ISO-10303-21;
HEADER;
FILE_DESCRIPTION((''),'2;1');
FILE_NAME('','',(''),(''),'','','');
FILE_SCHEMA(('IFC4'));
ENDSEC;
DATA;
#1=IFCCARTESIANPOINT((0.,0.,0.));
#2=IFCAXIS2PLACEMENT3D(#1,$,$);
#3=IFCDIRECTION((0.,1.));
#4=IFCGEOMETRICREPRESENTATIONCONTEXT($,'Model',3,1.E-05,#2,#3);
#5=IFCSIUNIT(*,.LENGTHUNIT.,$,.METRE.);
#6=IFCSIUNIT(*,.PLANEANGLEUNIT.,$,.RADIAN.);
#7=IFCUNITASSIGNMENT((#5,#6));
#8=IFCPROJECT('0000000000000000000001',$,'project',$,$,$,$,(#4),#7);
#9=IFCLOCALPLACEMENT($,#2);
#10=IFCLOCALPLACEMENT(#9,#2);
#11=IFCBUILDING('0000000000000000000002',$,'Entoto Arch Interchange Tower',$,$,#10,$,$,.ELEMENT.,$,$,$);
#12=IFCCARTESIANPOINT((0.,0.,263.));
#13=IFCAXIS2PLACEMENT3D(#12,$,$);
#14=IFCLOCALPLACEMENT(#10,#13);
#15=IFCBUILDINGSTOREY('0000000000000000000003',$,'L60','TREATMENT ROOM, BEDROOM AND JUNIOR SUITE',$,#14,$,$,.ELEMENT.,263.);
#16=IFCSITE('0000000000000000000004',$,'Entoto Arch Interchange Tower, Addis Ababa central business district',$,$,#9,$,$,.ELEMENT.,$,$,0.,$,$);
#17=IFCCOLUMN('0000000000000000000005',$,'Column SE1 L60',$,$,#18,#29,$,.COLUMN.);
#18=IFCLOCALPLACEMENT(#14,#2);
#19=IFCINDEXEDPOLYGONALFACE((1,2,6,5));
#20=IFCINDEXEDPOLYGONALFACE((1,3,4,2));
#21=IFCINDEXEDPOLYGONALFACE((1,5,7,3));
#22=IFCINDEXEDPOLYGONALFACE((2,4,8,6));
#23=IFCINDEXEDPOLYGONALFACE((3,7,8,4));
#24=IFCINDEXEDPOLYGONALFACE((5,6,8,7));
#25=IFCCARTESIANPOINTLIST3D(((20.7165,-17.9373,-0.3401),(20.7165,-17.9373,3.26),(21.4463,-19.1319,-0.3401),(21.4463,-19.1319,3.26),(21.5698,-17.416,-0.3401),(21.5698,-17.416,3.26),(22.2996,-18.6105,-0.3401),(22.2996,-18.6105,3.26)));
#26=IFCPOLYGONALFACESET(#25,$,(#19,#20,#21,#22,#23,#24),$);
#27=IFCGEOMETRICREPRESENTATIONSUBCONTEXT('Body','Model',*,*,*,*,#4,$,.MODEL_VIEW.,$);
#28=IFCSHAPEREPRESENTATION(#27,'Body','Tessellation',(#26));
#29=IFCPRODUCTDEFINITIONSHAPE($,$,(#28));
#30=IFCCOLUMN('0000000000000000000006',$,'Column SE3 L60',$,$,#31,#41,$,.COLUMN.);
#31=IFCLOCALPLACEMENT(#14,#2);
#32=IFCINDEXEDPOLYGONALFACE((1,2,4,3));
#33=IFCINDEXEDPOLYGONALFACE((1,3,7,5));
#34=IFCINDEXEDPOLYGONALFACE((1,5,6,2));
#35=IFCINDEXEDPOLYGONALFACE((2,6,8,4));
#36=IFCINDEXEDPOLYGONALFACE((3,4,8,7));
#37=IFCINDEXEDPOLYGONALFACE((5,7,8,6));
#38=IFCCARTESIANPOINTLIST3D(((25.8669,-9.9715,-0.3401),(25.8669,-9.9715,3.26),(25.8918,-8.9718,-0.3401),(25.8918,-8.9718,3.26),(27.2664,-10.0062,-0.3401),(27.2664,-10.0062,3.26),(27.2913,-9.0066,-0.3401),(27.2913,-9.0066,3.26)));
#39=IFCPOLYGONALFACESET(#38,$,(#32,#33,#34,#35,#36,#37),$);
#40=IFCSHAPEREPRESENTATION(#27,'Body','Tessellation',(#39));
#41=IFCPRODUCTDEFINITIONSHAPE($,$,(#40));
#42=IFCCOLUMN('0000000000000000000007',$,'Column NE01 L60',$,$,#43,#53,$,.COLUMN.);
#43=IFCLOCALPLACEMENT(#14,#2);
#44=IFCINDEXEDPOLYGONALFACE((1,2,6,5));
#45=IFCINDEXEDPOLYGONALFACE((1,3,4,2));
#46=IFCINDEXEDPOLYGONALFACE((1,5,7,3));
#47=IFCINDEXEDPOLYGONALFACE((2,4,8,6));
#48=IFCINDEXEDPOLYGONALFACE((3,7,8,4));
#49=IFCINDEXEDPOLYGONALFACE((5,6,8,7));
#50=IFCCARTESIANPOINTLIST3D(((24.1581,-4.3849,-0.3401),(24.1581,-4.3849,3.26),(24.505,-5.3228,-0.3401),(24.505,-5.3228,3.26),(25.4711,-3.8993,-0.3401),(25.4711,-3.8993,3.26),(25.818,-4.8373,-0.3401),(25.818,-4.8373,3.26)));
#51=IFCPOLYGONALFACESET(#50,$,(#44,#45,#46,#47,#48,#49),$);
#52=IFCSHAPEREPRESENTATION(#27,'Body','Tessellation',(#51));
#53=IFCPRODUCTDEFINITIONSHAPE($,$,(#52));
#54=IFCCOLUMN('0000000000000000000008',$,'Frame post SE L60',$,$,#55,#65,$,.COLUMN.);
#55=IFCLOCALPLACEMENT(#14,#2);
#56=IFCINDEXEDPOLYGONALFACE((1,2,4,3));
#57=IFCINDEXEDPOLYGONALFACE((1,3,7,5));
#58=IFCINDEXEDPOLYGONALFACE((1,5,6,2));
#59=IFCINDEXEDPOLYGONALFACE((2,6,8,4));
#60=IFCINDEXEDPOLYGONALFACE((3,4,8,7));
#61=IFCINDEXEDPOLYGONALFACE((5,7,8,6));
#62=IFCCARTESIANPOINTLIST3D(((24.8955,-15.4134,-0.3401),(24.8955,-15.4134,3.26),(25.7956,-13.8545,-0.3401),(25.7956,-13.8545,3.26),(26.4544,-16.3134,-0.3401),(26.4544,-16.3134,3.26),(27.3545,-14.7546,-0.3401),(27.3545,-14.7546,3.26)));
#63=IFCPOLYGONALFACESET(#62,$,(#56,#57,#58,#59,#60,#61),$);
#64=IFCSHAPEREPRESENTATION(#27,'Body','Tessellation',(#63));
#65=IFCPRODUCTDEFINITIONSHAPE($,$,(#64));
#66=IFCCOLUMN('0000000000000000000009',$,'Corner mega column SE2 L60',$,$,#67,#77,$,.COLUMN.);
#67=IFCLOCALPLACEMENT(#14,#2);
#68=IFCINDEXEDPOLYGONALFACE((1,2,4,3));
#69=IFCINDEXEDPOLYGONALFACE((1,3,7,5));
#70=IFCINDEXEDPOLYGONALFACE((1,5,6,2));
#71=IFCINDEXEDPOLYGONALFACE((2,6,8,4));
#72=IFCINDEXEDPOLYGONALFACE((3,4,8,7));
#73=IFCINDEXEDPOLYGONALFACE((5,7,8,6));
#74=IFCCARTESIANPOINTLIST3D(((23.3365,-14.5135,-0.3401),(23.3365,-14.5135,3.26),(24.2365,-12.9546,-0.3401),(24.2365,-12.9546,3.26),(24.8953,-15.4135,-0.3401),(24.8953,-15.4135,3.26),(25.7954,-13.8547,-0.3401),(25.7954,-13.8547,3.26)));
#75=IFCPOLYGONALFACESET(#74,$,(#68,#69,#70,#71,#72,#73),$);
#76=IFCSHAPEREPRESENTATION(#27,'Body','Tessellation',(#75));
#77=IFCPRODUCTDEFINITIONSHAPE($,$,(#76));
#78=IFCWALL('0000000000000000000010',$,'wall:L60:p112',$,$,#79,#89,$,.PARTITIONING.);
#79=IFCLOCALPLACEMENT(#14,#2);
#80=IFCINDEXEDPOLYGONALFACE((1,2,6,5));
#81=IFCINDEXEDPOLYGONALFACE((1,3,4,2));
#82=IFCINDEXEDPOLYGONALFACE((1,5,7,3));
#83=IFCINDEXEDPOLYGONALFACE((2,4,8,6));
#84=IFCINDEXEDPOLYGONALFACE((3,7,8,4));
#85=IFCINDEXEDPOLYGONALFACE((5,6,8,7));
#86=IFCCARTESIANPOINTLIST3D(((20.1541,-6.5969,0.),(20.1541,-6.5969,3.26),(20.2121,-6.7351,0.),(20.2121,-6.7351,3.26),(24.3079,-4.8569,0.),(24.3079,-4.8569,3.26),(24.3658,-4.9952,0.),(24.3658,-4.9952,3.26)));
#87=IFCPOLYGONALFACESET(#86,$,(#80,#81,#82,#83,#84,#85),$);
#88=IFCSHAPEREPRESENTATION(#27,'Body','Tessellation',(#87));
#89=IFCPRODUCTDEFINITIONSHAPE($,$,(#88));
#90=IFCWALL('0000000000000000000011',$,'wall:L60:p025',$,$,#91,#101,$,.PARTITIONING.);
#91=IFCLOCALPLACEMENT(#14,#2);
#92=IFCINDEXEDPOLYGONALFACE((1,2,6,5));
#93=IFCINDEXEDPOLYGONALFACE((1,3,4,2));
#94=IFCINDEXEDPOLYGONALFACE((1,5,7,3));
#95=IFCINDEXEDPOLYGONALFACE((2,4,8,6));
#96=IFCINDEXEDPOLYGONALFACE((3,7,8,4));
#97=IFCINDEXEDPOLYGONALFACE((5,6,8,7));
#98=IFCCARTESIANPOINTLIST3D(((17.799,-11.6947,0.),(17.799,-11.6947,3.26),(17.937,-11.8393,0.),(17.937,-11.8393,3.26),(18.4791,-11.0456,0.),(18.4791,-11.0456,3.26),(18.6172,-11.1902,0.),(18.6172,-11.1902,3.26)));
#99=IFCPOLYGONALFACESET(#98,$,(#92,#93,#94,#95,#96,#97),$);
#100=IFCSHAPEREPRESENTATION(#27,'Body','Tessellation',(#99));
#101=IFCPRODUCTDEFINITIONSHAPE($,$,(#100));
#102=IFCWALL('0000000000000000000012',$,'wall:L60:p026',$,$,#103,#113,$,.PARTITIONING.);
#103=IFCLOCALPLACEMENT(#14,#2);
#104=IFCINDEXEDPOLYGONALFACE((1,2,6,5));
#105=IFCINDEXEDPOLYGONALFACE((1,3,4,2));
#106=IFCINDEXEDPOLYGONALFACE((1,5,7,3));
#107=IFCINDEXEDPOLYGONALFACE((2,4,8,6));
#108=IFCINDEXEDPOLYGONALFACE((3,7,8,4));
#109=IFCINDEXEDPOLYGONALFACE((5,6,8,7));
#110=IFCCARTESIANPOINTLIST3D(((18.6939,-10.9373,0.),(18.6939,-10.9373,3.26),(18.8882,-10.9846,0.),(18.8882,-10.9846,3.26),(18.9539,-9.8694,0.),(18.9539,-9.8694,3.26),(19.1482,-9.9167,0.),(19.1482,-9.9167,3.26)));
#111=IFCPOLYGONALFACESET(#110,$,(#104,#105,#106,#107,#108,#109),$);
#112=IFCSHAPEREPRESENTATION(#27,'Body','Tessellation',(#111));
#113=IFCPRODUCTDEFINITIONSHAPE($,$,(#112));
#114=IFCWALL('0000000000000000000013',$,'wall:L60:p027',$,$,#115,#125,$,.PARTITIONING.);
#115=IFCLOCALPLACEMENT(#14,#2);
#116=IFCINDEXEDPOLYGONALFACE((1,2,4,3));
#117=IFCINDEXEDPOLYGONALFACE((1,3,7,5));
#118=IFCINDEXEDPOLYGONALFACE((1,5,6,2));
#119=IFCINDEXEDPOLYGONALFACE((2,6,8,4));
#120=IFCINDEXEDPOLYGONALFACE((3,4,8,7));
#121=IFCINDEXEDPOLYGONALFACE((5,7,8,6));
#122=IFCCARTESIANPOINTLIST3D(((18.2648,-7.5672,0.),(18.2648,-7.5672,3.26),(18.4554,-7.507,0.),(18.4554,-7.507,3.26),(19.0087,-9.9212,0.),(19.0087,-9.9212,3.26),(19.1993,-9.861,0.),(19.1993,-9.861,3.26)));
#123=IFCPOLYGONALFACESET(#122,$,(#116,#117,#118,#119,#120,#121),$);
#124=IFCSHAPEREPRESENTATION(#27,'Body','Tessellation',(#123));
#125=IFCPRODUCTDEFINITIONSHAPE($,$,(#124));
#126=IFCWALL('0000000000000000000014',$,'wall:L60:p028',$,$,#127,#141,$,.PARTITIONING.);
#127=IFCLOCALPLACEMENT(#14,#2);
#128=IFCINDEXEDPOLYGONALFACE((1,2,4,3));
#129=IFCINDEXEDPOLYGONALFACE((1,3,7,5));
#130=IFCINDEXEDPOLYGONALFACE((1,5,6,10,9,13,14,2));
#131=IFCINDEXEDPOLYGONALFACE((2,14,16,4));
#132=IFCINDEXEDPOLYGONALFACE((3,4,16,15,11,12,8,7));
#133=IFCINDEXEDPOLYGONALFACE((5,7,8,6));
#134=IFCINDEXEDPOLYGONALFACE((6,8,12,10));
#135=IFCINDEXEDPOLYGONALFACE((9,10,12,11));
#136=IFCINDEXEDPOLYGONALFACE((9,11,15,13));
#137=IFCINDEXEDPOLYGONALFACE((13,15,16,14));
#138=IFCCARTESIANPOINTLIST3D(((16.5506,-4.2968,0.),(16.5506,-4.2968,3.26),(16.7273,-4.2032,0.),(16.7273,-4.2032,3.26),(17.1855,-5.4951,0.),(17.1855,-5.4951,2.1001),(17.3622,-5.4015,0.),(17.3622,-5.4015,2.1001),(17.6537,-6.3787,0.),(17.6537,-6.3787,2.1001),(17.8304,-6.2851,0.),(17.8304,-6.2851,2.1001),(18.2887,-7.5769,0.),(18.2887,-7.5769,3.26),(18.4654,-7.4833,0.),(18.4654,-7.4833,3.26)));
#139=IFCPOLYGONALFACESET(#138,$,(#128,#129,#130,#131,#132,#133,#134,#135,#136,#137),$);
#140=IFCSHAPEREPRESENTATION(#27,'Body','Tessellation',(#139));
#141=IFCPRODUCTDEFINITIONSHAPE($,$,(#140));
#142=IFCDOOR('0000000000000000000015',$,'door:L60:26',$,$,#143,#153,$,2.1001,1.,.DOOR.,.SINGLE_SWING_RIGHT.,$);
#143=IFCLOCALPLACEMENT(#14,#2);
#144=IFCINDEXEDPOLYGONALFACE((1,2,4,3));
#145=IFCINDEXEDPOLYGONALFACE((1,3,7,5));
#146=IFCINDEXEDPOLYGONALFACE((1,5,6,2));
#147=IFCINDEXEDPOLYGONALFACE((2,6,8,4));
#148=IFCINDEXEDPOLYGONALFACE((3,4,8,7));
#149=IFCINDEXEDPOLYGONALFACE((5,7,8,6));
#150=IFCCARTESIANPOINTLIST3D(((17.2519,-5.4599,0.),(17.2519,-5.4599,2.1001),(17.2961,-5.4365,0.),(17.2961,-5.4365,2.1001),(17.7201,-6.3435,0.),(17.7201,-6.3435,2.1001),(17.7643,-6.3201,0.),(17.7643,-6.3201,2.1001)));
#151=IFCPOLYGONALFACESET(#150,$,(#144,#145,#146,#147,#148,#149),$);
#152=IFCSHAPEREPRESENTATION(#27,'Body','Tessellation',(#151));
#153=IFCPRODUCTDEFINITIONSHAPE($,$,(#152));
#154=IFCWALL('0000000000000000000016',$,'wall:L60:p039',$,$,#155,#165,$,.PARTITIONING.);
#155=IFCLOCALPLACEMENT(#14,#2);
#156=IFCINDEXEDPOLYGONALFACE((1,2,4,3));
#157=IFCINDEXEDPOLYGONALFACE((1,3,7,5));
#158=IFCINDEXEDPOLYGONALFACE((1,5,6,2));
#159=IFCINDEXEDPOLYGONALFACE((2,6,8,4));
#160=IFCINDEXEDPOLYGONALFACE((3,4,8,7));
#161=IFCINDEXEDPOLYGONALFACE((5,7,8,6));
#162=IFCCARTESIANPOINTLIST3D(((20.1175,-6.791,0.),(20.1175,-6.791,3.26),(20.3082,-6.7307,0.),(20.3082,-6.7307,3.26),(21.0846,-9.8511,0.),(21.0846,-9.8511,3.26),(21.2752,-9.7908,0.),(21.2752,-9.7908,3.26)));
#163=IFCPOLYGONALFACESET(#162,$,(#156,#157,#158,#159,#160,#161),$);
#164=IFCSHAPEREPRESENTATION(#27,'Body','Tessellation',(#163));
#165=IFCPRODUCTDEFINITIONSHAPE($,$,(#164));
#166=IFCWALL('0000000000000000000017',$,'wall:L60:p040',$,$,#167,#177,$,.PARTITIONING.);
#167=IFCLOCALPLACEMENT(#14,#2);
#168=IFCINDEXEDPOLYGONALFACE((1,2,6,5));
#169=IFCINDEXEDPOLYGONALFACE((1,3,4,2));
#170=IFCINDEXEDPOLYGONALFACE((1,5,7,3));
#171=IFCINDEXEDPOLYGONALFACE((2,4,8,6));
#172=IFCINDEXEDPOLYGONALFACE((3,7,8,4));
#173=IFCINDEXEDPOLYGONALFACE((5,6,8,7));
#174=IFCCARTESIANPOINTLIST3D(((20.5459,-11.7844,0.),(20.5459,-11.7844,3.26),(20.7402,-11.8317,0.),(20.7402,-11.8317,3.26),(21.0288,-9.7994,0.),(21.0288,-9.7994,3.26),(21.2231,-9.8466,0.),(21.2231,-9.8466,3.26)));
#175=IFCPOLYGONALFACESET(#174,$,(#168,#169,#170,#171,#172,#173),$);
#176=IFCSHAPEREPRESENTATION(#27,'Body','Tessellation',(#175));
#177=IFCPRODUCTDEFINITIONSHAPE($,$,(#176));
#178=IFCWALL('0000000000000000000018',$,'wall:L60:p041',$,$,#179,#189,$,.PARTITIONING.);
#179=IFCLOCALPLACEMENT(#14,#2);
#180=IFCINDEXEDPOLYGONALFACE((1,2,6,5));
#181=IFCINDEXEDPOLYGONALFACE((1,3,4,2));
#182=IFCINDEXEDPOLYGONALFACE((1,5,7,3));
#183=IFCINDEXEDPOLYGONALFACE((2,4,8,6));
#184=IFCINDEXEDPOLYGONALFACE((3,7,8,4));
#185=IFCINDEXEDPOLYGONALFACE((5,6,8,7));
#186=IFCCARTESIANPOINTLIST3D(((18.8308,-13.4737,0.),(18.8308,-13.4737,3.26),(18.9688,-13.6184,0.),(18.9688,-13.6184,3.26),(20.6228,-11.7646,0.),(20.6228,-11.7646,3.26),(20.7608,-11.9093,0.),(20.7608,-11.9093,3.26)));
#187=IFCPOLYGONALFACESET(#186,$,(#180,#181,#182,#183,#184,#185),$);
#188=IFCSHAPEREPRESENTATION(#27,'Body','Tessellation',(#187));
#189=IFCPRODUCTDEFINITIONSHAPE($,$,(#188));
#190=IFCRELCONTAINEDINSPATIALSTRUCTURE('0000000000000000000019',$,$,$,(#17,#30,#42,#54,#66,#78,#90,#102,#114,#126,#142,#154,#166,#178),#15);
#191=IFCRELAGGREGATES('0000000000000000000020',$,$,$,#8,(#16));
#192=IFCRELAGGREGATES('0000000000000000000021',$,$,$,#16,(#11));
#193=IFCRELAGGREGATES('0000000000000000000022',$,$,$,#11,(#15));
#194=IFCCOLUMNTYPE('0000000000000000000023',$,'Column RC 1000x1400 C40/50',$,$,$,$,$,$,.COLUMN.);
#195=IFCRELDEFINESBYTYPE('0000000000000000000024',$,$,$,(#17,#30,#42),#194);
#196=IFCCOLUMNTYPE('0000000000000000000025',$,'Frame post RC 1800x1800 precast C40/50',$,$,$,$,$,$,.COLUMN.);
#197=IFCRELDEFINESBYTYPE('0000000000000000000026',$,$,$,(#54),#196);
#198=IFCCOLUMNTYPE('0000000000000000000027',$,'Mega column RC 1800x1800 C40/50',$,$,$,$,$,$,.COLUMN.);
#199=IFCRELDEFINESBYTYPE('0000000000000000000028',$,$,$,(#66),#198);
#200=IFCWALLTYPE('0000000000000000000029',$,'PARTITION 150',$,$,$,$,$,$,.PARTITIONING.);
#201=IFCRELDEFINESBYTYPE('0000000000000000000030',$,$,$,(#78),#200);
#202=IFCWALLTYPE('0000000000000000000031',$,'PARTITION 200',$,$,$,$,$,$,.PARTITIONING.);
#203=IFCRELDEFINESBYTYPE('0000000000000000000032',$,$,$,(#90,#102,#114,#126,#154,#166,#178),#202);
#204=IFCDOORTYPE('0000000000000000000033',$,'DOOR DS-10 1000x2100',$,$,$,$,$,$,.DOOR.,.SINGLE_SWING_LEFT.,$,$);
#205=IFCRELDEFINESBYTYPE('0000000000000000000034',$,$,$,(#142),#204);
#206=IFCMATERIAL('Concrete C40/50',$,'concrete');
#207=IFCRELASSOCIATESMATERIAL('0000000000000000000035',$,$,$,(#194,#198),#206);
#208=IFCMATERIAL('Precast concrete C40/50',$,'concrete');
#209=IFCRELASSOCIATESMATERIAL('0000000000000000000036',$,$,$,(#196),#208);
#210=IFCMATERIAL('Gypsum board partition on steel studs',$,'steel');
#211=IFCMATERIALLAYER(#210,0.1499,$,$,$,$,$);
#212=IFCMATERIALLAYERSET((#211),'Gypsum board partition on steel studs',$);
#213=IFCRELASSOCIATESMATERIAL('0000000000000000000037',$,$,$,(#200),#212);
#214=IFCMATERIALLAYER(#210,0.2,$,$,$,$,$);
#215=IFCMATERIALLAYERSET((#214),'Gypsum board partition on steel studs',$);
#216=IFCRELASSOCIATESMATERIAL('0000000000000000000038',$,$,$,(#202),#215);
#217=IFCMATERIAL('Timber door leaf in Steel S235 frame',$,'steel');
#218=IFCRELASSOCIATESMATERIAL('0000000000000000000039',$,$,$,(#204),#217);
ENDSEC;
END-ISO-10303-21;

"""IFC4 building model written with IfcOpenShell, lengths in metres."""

from ifc_helpers import new_model, si_unit, direction, frame, frame_2d, origin, origin_2d, place, context, subcontext, project, spatial, rectangle, extrude, material, layer, layer_set, material_profile, profile_set, type_object, element, fill, save


model = new_model("IFC4")

# Units and contexts
model_context = context("Model", 3, precision=1e-05, world=origin(), true_north=direction((0.0, 1.0)))
body_context = subcontext(model_context, "Body", "Model", "MODEL_VIEW")
ifc_project = project(units=[si_unit("LENGTHUNIT", "METRE"), si_unit("PLANEANGLEUNIT", "RADIAN")], contexts=[model_context])

# Site, building, storey
site_placement = place(None, origin())
site = spatial("IfcSite", under=ifc_project, at=site_placement, Name="Entoto Arch Interchange Tower, Addis Ababa central business district", CompositionType="ELEMENT", RefElevation=0.0)
building_placement = place(site_placement, origin())
building = spatial("IfcBuilding", under=site, at=building_placement, Name="Entoto Arch Interchange Tower", CompositionType="ELEMENT")
storey_placement = place(building_placement, frame((0.0, 0.0, 263.0)))
storey = spatial("IfcBuildingStorey", under=building, at=storey_placement, Name="L60", Description="TREATMENT ROOM, BEDROOM AND JUNIOR SUITE", CompositionType="ELEMENT", Elevation=263.0)

# Columns
ifc_material_1 = material(Name="Concrete C40/50", Category="concrete")
ifc_material_profile_1 = material_profile(ifc_material_1, rectangle(XDim=1.0, YDim=1.3999, at=origin_2d()))
ifc_profile_set_1 = profile_set([ifc_material_profile_1], Name="Concrete C40/50")
column_type_1 = type_object("IfcColumnType", Name="Column RC 1000x1400 C40/50", PredefinedType="COLUMN", material=ifc_profile_set_1)
for number, where, z_axis, x_axis, name in (
    (1, (21.5081, -18.2739, -0.3401), (0.0, 0.0, 1.0), (0.853342, 0.521352, 0.0), "Column SE1 L60"),
    (2, (26.5791, -9.489, -0.3401), (0.0, 0.0, 1.0), (0.024833, 0.999692, 0.0), "Column SE3 L60"),
    (3, (24.988, -4.6111, -0.3401), (0.0, 0.0, 1.0), (-0.346854, 0.937919, 0.0), "Column NE01 L60"),
):
    element("IfcColumn", number, at=place(storey_placement, frame(where, z_axis=z_axis, x_axis=x_axis)), inside=storey, type_object=column_type_1, Name=name, PredefinedType="COLUMN", context=body_context, shape_type="SweptSolid", body=[
        extrude(rectangle(XDim=1.0, YDim=1.3999, at=origin_2d()), origin(), (0.0, 0.0, 1.0), 3.6001),
    ])
ifc_material_2 = material(Name="Precast concrete C40/50", Category="concrete")
ifc_material_profile_2 = material_profile(ifc_material_2, rectangle(XDim=1.8, YDim=1.8, at=origin_2d()))
ifc_profile_set_2 = profile_set([ifc_material_profile_2], Name="Precast concrete C40/50")
column_type_2 = type_object("IfcColumnType", Name="Frame post RC 1800x1800 precast C40/50", PredefinedType="COLUMN", material=ifc_profile_set_2)
column_1_placement = place(storey_placement, frame((26.125, -15.084, -0.3401), z_axis=(0.0, 0.0, 1.0), x_axis=(-0.866025, 0.5, 0.0)))
element("IfcColumn", 4, at=column_1_placement, inside=storey, type_object=column_type_2, Name="Frame post SE L60", PredefinedType="COLUMN", context=body_context, shape_type="SweptSolid", body=[
    extrude(rectangle(XDim=1.8, YDim=1.8, at=origin_2d()), origin(), (0.0, 0.0, 1.0), 3.6001),
])
ifc_material_profile_3 = material_profile(ifc_material_1, rectangle(XDim=1.8, YDim=1.8, at=origin_2d()))
ifc_profile_set_3 = profile_set([ifc_material_profile_3], Name="Concrete C40/50")
column_type_3 = type_object("IfcColumnType", Name="Mega column RC 1800x1800 C40/50", PredefinedType="COLUMN", material=ifc_profile_set_3)
column_2_placement = place(storey_placement, frame((24.5659, -14.1841, -0.3401), z_axis=(0.0, 0.0, 1.0), x_axis=(-0.866025, 0.5, 0.0)))
element("IfcColumn", 5, at=column_2_placement, inside=storey, type_object=column_type_3, Name="Corner mega column SE2 L60", PredefinedType="COLUMN", context=body_context, shape_type="SweptSolid", body=[
    extrude(rectangle(XDim=1.8, YDim=1.8, at=origin_2d()), origin(), (0.0, 0.0, 1.0), 3.6001),
])

# Walls
ifc_material_3 = material(Name="Gypsum board partition on steel studs", Category="steel")
ifc_layer_1 = layer(ifc_material_3, 0.1499)
ifc_layer_set_1 = layer_set([ifc_layer_1], Name="Gypsum board partition on steel studs")
wall_type_1 = type_object("IfcWallType", Name="PARTITION 150", PredefinedType="PARTITIONING", material=ifc_layer_set_1)
wall_1_placement = place(storey_placement, frame((20.1831, -6.666, 0.0), z_axis=(0.0, 0.0, 1.0), x_axis=(0.922347, 0.386362, 0.0)))
element("IfcWall", 6, at=wall_1_placement, inside=storey, type_object=wall_type_1, Name="wall:L60:p112", PredefinedType="PARTITIONING", context=body_context, shape_type="SweptSolid", body=[
    extrude(rectangle(XDim=4.5034, YDim=0.1499, at=frame_2d((2.2517, 0.0))), origin(), (0.0, 0.0, 1.0), 3.26),
])
ifc_layer_2 = layer(ifc_material_3, 0.2)
ifc_layer_set_2 = layer_set([ifc_layer_2], Name="Gypsum board partition on steel studs")
wall_type_2 = type_object("IfcWallType", Name="PARTITION 200", PredefinedType="PARTITIONING", material=ifc_layer_set_2)
wall_2_placement = place(storey_placement, frame((17.8679, -11.7671, 0.0), z_axis=(0.0, 0.0, 1.0), x_axis=(0.723403, 0.690426, 0.0)))
element("IfcWall", 7, at=wall_2_placement, inside=storey, type_object=wall_type_2, Name="wall:L60:p025", PredefinedType="PARTITIONING", context=body_context, shape_type="SweptSolid", body=[
    extrude(rectangle(XDim=0.9402, YDim=0.2, at=frame_2d((0.4702, 0.0))), origin(), (0.0, 0.0, 1.0), 3.26),
])
wall_3_placement = place(storey_placement, frame((18.791, -10.9609, 0.0), z_axis=(0.0, 0.0, 1.0), x_axis=(0.236573, 0.971614, 0.0)))
element("IfcWall", 8, at=wall_3_placement, inside=storey, type_object=wall_type_2, Name="wall:L60:p026", PredefinedType="PARTITIONING", context=body_context, shape_type="SweptSolid", body=[
    extrude(rectangle(XDim=1.0991, YDim=0.2, at=frame_2d((0.5496, 0.0))), origin(), (0.0, 0.0, 1.0), 3.26),
])
wall_4_placement = place(storey_placement, frame((19.104, -9.8911, 0.0), z_axis=(0.0, 0.0, 1.0), x_axis=(-0.301325, 0.953521, 0.0)))
element("IfcWall", 9, at=wall_4_placement, inside=storey, type_object=wall_type_2, Name="wall:L60:p027", PredefinedType="PARTITIONING", context=body_context, shape_type="SweptSolid", body=[
    extrude(rectangle(XDim=2.4688, YDim=0.2, at=frame_2d((1.2344, 0.0))), origin(), (0.0, 0.0, 1.0), 3.26),
])

# Wall, opening, door
wall_5_placement = place(storey_placement, frame((18.377, -7.53, 0.0), z_axis=(0.0, 0.0, 1.0), x_axis=(-0.468214, 0.883615, 0.0)))
wall_5 = element("IfcWall", 10, at=wall_5_placement, inside=storey, type_object=wall_type_2, Name="wall:L60:p028", PredefinedType="PARTITIONING", context=body_context, shape_type="SweptSolid", body=[
    extrude(rectangle(XDim=3.7122, YDim=0.2, at=frame_2d((1.856, 0.0))), origin(), (0.0, 0.0, 1.0), 3.26),
])
opening_1_placement = place(wall_5_placement, frame((1.356, 0.0, 0.0)))
opening_1 = element("IfcOpeningElement", 11, at=opening_1_placement, cuts=wall_5, PredefinedType="OPENING", context=body_context, shape_type="SweptSolid", body=[
    extrude(rectangle(XDim=1.0, YDim=2.1001, at=frame_2d((0.5, 1.05))), frame((0.0, 0.1099, 0.0), z_axis=(0.0, -1.0, 0.0), x_axis=(1.0, 0.0, 0.0)), (0.0, 0.0, 1.0), 0.22),
])
ifc_material_4 = material(Name="Timber door leaf in Steel S235 frame", Category="steel")
door_type_1 = type_object("IfcDoorType", Name="DOOR DS-10 1000x2100", OperationType="SINGLE_SWING_LEFT", PredefinedType="DOOR", material=ifc_material_4)
door_1_placement = place(opening_1_placement, origin())
door_1 = element("IfcDoor", 12, at=door_1_placement, inside=storey, type_object=door_type_1, Name="door:L60:26", OperationType="SINGLE_SWING_RIGHT", OverallHeight=2.1001, OverallWidth=1.0, PredefinedType="DOOR", context=body_context, shape_type="SweptSolid", body=[
    extrude(rectangle(XDim=1.0, YDim=2.1001, at=frame_2d((0.5, 1.05))), frame((0.0, 0.0249, 0.0), z_axis=(0.0, -1.0, 0.0), x_axis=(1.0, 0.0, 0.0)), (0.0, 0.0, 1.0), 0.05),
])
fill(opening_1, door_1)

# Walls
wall_6_placement = place(storey_placement, frame((20.2129, -6.761, 0.0), z_axis=(0.0, 0.0, 1.0), x_axis=(0.301332, -0.953519, 0.0)))
element("IfcWall", 13, at=wall_6_placement, inside=storey, type_object=wall_type_2, Name="wall:L60:p039", PredefinedType="PARTITIONING", context=body_context, shape_type="SweptSolid", body=[
    extrude(rectangle(XDim=3.2092, YDim=0.2, at=frame_2d((1.6045, 0.0))), origin(), (0.0, 0.0, 1.0), 3.26),
])
wall_7_placement = place(storey_placement, frame((21.126, -9.823, 0.0), z_axis=(0.0, 0.0, 1.0), x_axis=(-0.236373, -0.971662, 0.0)))
element("IfcWall", 14, at=wall_7_placement, inside=storey, type_object=wall_type_2, Name="wall:L60:p040", PredefinedType="PARTITIONING", context=body_context, shape_type="SweptSolid", body=[
    extrude(rectangle(XDim=2.043, YDim=0.2, at=frame_2d((1.0215, 0.0))), origin(), (0.0, 0.0, 1.0), 3.26),
])
wall_8_placement = place(storey_placement, frame((20.6919, -11.8369, 0.0), z_axis=(0.0, 0.0, 1.0), x_axis=(-0.723669, -0.690147, 0.0)))
element("IfcWall", 15, at=wall_8_placement, inside=storey, type_object=wall_type_2, Name="wall:L60:p041", PredefinedType="PARTITIONING", context=body_context, shape_type="SweptSolid", body=[
    extrude(rectangle(XDim=2.4763, YDim=0.2, at=frame_2d((1.2383, 0.0))), origin(), (0.0, 0.0, 1.0), 3.26),
])

save(model, "model.ifc")
